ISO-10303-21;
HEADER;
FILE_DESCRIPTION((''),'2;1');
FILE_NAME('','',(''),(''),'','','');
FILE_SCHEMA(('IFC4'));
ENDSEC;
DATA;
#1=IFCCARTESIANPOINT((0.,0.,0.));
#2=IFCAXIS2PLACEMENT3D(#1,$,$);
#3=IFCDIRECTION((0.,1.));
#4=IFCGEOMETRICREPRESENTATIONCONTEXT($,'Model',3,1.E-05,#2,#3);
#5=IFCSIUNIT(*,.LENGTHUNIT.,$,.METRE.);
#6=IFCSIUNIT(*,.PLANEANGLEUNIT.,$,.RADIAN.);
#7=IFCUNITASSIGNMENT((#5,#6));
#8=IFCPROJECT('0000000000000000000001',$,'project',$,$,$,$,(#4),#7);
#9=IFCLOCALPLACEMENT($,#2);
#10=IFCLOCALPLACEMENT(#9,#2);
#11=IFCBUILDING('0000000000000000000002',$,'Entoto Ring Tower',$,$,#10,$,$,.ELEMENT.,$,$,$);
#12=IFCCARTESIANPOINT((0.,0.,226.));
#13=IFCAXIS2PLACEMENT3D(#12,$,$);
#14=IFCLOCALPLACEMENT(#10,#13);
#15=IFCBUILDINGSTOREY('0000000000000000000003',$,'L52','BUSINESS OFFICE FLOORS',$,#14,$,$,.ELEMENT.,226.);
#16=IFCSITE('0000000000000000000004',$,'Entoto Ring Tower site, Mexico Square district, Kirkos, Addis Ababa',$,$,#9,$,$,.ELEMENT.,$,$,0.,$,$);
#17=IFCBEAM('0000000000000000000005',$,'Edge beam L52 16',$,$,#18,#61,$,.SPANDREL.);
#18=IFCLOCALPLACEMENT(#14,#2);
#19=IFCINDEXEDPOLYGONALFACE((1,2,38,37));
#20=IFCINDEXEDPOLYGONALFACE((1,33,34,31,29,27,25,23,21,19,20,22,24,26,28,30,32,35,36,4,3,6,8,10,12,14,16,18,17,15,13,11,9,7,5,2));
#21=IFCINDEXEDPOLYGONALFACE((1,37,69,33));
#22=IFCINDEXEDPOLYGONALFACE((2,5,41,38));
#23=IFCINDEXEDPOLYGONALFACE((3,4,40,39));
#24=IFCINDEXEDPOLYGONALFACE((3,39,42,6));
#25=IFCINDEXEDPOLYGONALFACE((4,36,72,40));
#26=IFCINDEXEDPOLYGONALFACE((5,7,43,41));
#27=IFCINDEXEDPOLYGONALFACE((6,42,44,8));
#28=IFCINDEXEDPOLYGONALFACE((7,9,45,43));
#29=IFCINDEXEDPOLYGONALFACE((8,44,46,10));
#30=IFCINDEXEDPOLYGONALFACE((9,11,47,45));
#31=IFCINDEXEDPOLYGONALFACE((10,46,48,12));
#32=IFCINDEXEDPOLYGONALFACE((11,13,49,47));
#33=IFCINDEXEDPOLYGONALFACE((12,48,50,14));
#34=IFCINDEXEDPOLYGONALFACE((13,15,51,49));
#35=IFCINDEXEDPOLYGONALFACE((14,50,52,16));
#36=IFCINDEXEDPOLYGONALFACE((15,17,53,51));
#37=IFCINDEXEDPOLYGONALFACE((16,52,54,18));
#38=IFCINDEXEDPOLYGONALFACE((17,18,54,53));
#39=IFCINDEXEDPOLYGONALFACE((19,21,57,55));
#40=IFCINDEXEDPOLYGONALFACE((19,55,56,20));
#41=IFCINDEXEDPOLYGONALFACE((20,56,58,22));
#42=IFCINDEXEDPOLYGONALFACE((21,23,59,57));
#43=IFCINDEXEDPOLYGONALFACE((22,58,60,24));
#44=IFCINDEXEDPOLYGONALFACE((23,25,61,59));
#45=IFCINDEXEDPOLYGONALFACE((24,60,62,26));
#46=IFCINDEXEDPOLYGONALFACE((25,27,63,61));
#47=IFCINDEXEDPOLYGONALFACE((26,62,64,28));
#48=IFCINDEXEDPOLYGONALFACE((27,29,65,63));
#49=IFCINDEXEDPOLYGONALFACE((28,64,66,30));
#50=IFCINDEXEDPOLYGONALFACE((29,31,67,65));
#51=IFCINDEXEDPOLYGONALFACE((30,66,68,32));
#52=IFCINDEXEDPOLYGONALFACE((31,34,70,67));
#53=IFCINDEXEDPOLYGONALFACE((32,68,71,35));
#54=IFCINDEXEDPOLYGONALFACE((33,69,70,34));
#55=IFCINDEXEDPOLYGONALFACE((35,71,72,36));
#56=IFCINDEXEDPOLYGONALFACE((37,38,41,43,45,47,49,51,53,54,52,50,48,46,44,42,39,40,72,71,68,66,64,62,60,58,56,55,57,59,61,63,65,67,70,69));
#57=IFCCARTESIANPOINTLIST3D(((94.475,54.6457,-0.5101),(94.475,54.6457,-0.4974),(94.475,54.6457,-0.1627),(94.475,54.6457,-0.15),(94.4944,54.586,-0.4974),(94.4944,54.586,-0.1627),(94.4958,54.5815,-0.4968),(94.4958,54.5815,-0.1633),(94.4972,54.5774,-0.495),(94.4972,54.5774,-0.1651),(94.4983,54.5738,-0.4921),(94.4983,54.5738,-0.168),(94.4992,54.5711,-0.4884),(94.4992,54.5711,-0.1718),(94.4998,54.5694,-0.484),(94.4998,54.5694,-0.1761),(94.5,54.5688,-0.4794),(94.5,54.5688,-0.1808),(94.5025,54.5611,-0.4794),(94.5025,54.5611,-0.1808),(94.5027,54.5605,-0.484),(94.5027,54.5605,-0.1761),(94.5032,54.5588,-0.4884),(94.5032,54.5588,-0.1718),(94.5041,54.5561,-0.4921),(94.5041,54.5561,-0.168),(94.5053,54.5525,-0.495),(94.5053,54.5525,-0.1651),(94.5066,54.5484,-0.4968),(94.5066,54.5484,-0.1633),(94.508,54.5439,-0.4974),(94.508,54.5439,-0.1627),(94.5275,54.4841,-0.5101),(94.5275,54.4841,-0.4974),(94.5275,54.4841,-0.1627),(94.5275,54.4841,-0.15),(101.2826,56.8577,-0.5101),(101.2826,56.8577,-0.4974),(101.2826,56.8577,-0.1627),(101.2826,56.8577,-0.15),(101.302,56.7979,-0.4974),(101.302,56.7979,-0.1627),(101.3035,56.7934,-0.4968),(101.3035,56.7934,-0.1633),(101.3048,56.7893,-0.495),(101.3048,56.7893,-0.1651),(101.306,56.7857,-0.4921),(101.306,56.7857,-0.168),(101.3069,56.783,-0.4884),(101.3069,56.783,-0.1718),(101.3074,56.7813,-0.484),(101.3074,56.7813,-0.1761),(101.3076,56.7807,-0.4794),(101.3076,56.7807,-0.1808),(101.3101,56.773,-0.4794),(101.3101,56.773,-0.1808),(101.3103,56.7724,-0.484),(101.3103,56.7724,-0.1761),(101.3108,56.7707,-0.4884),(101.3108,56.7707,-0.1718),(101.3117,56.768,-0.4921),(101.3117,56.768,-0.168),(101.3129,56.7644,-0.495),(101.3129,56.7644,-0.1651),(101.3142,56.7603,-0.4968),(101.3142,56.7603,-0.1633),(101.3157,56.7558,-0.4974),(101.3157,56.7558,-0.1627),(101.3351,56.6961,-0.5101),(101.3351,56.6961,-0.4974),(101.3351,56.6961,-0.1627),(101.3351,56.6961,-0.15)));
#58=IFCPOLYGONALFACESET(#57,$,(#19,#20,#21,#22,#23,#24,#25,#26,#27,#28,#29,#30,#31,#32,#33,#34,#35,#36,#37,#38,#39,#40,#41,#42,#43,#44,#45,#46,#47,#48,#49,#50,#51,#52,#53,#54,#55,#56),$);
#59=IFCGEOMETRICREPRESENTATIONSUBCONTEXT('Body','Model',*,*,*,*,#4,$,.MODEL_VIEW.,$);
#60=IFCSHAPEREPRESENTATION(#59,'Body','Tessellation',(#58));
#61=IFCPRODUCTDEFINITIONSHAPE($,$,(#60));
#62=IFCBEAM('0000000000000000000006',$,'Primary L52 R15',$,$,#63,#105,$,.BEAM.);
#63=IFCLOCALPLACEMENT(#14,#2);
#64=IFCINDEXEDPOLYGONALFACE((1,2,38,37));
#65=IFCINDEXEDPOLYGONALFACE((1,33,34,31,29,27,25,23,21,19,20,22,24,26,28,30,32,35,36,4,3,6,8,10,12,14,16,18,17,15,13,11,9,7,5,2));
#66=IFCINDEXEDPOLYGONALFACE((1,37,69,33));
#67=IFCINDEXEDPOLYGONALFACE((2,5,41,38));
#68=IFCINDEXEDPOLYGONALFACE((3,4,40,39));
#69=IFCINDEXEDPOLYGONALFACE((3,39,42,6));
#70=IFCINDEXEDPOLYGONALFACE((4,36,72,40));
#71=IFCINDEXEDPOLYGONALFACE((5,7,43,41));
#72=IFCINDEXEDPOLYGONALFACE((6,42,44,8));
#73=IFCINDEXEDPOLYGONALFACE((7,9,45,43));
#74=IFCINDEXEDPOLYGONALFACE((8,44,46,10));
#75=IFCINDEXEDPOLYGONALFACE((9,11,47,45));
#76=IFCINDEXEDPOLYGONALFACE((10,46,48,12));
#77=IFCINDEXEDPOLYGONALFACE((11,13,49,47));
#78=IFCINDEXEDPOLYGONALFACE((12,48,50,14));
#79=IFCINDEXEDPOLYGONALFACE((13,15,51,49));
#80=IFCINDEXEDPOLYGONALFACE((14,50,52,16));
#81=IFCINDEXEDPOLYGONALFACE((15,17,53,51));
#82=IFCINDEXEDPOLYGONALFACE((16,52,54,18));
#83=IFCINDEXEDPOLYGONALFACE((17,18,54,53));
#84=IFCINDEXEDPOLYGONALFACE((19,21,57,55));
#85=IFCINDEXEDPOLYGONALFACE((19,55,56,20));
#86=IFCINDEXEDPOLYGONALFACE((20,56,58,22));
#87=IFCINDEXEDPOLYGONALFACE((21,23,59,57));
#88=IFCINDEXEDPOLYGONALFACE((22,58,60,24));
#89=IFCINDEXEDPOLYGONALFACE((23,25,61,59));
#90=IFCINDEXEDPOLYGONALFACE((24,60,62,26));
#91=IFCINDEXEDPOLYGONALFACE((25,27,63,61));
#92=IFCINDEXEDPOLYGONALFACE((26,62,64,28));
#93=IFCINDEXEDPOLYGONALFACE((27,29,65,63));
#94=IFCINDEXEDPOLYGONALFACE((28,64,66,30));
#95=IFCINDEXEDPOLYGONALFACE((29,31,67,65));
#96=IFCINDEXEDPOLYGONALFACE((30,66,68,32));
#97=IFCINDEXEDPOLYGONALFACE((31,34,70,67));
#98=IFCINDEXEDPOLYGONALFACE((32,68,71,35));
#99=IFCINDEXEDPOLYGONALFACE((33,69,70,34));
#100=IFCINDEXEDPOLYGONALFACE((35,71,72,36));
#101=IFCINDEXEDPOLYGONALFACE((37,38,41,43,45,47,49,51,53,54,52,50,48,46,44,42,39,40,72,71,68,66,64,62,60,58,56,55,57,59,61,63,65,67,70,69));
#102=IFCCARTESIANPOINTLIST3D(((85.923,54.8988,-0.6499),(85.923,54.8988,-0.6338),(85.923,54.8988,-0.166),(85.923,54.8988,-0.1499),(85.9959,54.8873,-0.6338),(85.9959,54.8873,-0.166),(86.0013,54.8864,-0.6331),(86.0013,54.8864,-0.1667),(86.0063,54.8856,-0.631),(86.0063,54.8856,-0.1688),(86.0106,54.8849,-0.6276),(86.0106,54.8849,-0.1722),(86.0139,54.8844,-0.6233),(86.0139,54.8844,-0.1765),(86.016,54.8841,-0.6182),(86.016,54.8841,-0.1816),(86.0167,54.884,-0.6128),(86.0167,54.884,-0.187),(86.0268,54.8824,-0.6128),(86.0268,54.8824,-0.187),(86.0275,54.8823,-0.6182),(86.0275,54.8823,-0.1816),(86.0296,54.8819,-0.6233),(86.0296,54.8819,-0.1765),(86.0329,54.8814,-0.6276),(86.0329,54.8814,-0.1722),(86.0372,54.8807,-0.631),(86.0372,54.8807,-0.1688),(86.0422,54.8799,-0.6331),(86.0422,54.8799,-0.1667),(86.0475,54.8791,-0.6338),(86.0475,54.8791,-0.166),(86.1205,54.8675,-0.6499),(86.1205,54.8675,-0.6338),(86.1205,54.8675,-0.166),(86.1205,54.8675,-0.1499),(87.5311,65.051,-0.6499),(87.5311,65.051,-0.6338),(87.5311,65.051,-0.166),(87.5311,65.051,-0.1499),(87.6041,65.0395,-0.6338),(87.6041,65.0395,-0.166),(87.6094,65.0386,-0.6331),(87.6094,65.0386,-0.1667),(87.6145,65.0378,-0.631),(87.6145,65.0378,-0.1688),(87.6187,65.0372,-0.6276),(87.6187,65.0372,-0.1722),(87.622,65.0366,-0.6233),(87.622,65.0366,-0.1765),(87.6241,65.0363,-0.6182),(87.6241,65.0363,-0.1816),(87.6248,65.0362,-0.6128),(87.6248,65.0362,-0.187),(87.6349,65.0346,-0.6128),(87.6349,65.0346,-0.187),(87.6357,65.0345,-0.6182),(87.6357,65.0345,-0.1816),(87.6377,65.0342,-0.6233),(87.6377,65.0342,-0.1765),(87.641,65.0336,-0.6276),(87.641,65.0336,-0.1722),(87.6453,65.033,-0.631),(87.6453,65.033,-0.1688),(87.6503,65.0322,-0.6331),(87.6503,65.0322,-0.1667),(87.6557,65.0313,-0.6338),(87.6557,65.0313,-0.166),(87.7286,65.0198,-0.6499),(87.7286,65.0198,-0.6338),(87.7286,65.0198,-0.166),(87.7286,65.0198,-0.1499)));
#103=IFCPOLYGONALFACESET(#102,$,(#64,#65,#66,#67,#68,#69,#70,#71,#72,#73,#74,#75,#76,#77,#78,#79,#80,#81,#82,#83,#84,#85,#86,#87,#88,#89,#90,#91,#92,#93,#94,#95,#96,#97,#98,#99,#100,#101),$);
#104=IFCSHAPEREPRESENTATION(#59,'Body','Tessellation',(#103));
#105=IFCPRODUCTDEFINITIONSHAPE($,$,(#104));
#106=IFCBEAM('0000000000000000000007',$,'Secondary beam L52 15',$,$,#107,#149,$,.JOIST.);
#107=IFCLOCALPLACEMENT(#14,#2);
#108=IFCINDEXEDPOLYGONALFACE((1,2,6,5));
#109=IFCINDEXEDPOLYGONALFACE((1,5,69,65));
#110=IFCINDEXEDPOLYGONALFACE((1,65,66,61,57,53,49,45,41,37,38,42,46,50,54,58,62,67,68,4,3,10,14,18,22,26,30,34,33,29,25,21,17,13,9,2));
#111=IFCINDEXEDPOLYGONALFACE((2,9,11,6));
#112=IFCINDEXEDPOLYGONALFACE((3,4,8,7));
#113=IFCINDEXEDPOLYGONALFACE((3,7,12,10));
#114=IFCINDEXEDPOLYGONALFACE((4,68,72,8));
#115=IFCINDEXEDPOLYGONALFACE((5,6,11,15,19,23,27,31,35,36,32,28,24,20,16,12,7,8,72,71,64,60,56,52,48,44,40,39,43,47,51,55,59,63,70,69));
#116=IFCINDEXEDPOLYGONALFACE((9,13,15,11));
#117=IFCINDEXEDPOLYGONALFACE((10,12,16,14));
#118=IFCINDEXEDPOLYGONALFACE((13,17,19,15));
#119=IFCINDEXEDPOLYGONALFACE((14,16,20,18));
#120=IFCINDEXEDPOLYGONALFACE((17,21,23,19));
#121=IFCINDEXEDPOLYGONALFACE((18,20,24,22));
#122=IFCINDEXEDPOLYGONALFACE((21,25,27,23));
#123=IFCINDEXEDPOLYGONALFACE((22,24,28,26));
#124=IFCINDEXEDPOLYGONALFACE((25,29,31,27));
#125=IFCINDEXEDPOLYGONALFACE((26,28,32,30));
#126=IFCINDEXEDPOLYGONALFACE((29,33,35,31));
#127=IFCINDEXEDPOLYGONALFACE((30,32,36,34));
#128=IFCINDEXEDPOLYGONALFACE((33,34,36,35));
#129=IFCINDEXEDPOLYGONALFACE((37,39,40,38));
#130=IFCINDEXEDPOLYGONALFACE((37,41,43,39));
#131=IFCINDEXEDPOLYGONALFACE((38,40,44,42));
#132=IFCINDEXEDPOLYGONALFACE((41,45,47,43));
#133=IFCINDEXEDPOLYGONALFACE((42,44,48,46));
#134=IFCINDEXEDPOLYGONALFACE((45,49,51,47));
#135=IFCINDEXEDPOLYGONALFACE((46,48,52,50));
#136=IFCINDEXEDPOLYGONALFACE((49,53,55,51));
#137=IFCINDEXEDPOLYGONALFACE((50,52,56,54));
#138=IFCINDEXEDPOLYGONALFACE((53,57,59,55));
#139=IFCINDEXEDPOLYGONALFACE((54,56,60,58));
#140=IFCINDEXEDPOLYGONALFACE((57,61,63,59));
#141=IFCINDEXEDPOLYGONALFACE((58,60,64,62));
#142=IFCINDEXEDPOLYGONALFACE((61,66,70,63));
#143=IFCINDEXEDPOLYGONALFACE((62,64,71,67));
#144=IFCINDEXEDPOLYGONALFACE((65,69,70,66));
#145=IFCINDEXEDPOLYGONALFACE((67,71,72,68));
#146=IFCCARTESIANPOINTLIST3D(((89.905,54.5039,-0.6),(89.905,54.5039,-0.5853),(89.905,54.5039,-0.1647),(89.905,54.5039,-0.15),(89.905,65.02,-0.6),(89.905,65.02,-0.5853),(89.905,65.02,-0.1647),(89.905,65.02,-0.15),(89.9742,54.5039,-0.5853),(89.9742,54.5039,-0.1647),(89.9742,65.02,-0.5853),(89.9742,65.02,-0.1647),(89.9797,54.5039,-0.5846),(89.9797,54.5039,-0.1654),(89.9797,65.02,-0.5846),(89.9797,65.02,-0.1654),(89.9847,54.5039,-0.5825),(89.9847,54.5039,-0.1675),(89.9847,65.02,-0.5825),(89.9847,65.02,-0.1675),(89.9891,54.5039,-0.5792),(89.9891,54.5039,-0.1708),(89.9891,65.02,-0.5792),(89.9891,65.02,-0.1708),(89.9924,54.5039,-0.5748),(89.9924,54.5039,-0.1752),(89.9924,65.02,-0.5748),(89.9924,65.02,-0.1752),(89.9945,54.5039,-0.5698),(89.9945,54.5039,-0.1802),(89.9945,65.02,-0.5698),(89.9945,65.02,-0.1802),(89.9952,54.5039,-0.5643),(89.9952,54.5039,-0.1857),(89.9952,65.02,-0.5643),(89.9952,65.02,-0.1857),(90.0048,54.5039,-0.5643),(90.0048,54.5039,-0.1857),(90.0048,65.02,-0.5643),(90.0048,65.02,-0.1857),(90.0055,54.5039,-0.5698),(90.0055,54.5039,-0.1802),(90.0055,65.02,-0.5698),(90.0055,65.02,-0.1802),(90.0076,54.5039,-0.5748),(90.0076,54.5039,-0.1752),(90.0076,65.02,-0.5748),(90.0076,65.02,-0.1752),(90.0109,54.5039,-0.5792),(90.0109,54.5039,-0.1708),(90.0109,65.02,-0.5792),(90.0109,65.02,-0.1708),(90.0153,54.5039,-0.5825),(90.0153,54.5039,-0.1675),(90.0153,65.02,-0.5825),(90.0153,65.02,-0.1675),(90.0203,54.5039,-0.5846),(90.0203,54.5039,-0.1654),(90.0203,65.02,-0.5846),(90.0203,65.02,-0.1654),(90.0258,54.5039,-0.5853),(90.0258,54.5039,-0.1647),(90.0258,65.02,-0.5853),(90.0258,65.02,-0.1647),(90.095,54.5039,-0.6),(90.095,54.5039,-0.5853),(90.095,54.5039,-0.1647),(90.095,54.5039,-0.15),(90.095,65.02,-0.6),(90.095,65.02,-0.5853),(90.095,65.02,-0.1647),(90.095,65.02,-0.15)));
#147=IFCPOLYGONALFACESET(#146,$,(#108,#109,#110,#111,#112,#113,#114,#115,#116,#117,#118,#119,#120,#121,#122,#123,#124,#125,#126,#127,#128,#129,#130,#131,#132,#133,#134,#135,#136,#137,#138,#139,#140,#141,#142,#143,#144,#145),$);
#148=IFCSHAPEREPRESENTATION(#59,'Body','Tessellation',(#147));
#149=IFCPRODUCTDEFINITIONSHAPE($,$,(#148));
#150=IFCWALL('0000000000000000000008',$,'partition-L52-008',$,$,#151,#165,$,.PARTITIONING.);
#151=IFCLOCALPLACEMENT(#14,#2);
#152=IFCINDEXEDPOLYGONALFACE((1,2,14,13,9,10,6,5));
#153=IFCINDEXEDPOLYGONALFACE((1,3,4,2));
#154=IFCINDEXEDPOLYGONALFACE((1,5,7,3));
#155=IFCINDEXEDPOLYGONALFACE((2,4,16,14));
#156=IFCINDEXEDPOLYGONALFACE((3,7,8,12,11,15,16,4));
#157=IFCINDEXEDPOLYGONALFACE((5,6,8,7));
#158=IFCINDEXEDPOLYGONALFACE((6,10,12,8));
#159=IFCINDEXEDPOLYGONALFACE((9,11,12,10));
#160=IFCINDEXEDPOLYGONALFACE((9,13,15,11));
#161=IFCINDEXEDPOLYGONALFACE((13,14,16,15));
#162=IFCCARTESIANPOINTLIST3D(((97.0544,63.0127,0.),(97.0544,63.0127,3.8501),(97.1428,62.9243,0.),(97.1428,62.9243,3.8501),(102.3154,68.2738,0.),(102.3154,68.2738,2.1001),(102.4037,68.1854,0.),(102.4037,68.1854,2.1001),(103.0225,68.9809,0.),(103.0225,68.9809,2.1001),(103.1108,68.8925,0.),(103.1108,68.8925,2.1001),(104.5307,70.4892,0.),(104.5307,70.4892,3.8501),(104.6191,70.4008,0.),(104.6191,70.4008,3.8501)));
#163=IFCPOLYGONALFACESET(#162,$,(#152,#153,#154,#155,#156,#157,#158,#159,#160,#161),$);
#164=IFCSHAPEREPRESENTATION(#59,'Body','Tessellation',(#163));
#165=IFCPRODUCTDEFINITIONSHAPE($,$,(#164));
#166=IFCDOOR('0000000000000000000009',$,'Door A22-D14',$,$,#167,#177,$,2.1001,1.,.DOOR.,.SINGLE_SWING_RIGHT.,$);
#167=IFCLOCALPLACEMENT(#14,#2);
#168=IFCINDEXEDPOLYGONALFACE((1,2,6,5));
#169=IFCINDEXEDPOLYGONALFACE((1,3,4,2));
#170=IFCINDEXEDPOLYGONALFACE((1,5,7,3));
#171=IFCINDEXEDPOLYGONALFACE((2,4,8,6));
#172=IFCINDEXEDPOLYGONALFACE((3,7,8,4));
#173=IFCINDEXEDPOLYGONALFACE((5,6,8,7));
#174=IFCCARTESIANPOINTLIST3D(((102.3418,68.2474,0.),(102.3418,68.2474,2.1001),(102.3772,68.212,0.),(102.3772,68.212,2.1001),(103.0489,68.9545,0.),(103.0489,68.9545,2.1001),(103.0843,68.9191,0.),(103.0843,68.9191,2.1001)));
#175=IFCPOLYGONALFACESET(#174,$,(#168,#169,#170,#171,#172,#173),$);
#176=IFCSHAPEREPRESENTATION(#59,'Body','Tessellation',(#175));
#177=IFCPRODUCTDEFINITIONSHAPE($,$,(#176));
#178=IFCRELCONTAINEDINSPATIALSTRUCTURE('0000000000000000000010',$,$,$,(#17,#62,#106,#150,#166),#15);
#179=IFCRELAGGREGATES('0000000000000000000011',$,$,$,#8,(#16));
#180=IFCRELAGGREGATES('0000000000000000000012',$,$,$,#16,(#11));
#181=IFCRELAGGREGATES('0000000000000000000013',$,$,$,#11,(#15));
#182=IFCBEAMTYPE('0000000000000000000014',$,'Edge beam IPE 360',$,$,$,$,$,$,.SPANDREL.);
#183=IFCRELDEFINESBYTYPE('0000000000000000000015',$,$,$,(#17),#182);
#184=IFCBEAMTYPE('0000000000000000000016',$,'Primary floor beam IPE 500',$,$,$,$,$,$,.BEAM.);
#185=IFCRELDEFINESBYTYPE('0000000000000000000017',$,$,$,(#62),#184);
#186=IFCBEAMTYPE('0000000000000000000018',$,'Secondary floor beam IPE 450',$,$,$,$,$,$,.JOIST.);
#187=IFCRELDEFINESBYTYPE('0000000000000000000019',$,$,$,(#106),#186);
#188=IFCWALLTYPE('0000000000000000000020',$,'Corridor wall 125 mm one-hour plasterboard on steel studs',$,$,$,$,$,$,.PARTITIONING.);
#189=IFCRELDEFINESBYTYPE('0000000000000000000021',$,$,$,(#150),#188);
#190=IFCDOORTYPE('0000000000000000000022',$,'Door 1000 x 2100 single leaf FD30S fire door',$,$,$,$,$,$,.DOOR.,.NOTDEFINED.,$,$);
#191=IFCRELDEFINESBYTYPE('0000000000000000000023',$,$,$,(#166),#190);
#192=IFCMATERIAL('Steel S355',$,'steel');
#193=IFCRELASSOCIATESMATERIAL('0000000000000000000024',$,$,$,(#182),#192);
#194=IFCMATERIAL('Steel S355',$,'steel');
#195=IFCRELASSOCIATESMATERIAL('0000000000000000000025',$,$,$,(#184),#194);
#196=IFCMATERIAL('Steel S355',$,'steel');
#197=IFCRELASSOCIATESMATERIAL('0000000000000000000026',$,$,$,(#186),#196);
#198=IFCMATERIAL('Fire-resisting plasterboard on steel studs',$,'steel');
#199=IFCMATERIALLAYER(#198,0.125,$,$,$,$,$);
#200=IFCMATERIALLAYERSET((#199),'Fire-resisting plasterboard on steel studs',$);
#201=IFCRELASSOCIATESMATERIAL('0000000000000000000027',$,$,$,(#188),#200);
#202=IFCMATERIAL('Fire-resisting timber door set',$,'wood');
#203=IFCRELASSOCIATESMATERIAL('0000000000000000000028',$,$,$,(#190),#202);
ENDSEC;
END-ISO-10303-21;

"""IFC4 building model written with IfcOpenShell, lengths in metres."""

from ifc_helpers import new_model, si_unit, direction, frame, frame_2d, origin, origin_2d, place, context, subcontext, project, spatial, rectangle, i_section, extrude, material, layer, layer_set, material_profile, profile_set, type_object, element, fill, save


model = new_model("IFC4")

# Units and contexts
model_context = context("Model", 3, precision=1e-05, world=origin(), true_north=direction((0.0, 1.0)))
body_context = subcontext(model_context, "Body", "Model", "MODEL_VIEW")
ifc_project = project(units=[si_unit("LENGTHUNIT", "METRE"), si_unit("PLANEANGLEUNIT", "RADIAN")], contexts=[model_context])

# Site, building, storey
site_placement = place(None, origin())
site = spatial("IfcSite", under=ifc_project, at=site_placement, Name="Entoto Ring Tower site, Mexico Square district, Kirkos, Addis Ababa", CompositionType="ELEMENT", RefElevation=0.0)
building_placement = place(site_placement, origin())
building = spatial("IfcBuilding", under=site, at=building_placement, Name="Entoto Ring Tower", CompositionType="ELEMENT")
storey_placement = place(building_placement, frame((0.0, 0.0, 226.0)))
storey = spatial("IfcBuildingStorey", under=building, at=storey_placement, Name="L52", Description="BUSINESS OFFICE FLOORS", CompositionType="ELEMENT", Elevation=226.0)

# Beams
ifc_material_1 = material(Name="Steel S355", Category="steel")
ifc_material_profile_1 = material_profile(ifc_material_1, i_section(OverallWidth=0.1699, OverallDepth=0.3601, WebThickness=0.0081, FlangeThickness=0.0127, FilletRadius=0.0181, at=origin_2d()), Name="IPE 360")
ifc_profile_set_1 = profile_set([ifc_material_profile_1], Name="Steel S355")
beam_type_1 = type_object("IfcBeamType", Name="Edge beam IPE 360", PredefinedType="SPANDREL", material=ifc_profile_set_1)
beam_1_placement = place(storey_placement, frame((94.5012, 54.5649, -0.3301), z_axis=(0.951057, 0.309015, 0.0), x_axis=(-0.309015, 0.951057, 0.0)))
element("IfcBeam", 1, at=beam_1_placement, inside=storey, type_object=beam_type_1, Name="Edge beam L52 16", PredefinedType="SPANDREL", context=body_context, shape_type="SweptSolid", body=[
    extrude(i_section(OverallWidth=0.1699, OverallDepth=0.3601, WebThickness=0.0081, FlangeThickness=0.0127, FilletRadius=0.0181, at=origin_2d()), origin(), (0.0, 0.0, 1.0), 7.158),
])
ifc_material_2 = material(Name="Steel S355", Category="steel")
ifc_material_profile_2 = material_profile(ifc_material_2, i_section(OverallWidth=0.2, OverallDepth=0.5, WebThickness=0.0103, FlangeThickness=0.0161, FilletRadius=0.021, at=origin_2d()), Name="IPE 500")
ifc_profile_set_2 = profile_set([ifc_material_profile_2], Name="Steel S355")
beam_type_2 = type_object("IfcBeamType", Name="Primary floor beam IPE 500", PredefinedType="BEAM", material=ifc_profile_set_2)
beam_2_placement = place(storey_placement, frame((87.6299, 65.0354, -0.3999), z_axis=(-0.156452, -0.987686, 0.0), x_axis=(0.987686, -0.156452, 0.0)))
element("IfcBeam", 2, at=beam_2_placement, inside=storey, type_object=beam_type_2, Name="Primary L52 R15", PredefinedType="BEAM", context=body_context, shape_type="SweptSolid", body=[
    extrude(i_section(OverallWidth=0.2, OverallDepth=0.5, WebThickness=0.0103, FlangeThickness=0.0161, FilletRadius=0.021, at=origin_2d()), origin(), (0.0, 0.0, 1.0), 10.2788),
])
ifc_material_3 = material(Name="Steel S355", Category="steel")
ifc_material_profile_3 = material_profile(ifc_material_3, i_section(OverallWidth=0.1899, OverallDepth=0.45, WebThickness=0.0095, FlangeThickness=0.0146, FilletRadius=0.021, at=origin_2d()), Name="IPE 450")
ifc_profile_set_3 = profile_set([ifc_material_profile_3], Name="Steel S355")
beam_type_3 = type_object("IfcBeamType", Name="Secondary floor beam IPE 450", PredefinedType="JOIST", material=ifc_profile_set_3)
beam_3_placement = place(storey_placement, frame((90.0, 65.02, -0.375), z_axis=(0.0, -1.0, 0.0), x_axis=(1.0, 0.0, 0.0)))
element("IfcBeam", 3, at=beam_3_placement, inside=storey, type_object=beam_type_3, Name="Secondary beam L52 15", PredefinedType="JOIST", context=body_context, shape_type="SweptSolid", body=[
    extrude(i_section(OverallWidth=0.1899, OverallDepth=0.45, WebThickness=0.0095, FlangeThickness=0.0146, FilletRadius=0.021, at=origin_2d()), origin(), (0.0, 0.0, 1.0), 10.5161),
])

# Wall, opening, door
ifc_material_4 = material(Name="Fire-resisting plasterboard on steel studs", Category="steel")
ifc_layer_1 = layer(ifc_material_4, 0.125)
ifc_layer_set_1 = layer_set([ifc_layer_1], Name="Fire-resisting plasterboard on steel studs")
wall_type_1 = type_object("IfcWallType", Name="Corridor wall 125 mm one-hour plasterboard on steel studs", PredefinedType="PARTITIONING", material=ifc_layer_set_1)
wall_1_placement = place(storey_placement, frame((97.0986, 62.9685, 0.0), z_axis=(0.0, 0.0, 1.0), x_axis=(0.707095, 0.707118, 0.0)))
wall_1 = element("IfcWall", 4, at=wall_1_placement, inside=storey, type_object=wall_type_1, Name="partition-L52-008", PredefinedType="PARTITIONING", context=body_context, shape_type="SweptSolid", body=[
    extrude(rectangle(XDim=10.5732, YDim=0.125, at=frame_2d((5.2866, 0.0))), origin(), (0.0, 0.0, 1.0), 3.8501),
])
opening_1_placement = place(wall_1_placement, frame((7.4402, 0.0, 0.0)))
opening_1 = element("IfcOpeningElement", 5, at=opening_1_placement, cuts=wall_1, PredefinedType="OPENING", context=body_context, shape_type="SweptSolid", body=[
    extrude(rectangle(XDim=1.0, YDim=2.1001, at=frame_2d((0.5, 1.05))), frame((0.0, 0.0725, 0.0), z_axis=(0.0, -1.0, 0.0), x_axis=(1.0, 0.0, 0.0)), (0.0, 0.0, 1.0), 0.145),
])
ifc_material_5 = material(Name="Fire-resisting timber door set", Category="wood")
door_type_1 = type_object("IfcDoorType", Name="Door 1000 x 2100 single leaf FD30S fire door", OperationType="NOTDEFINED", PredefinedType="DOOR", material=ifc_material_5)
door_1_placement = place(opening_1_placement, frame((1.0, 0.0, 0.0), z_axis=(0.0, 0.0, 1.0), x_axis=(-1.0, 0.0, 0.0)))
door_1 = element("IfcDoor", 6, at=door_1_placement, inside=storey, type_object=door_type_1, Name="Door A22-D14", OperationType="SINGLE_SWING_RIGHT", OverallHeight=2.1001, OverallWidth=1.0, PredefinedType="DOOR", context=body_context, shape_type="SweptSolid", body=[
    extrude(rectangle(XDim=1.0, YDim=2.1001, at=frame_2d((0.5, 1.05))), frame((0.0, 0.0249, 0.0), z_axis=(0.0, -1.0, 0.0), x_axis=(1.0, 0.0, 0.0)), (0.0, 0.0, 1.0), 0.05),
])
fill(opening_1, door_1)

save(model, "model.ifc")
